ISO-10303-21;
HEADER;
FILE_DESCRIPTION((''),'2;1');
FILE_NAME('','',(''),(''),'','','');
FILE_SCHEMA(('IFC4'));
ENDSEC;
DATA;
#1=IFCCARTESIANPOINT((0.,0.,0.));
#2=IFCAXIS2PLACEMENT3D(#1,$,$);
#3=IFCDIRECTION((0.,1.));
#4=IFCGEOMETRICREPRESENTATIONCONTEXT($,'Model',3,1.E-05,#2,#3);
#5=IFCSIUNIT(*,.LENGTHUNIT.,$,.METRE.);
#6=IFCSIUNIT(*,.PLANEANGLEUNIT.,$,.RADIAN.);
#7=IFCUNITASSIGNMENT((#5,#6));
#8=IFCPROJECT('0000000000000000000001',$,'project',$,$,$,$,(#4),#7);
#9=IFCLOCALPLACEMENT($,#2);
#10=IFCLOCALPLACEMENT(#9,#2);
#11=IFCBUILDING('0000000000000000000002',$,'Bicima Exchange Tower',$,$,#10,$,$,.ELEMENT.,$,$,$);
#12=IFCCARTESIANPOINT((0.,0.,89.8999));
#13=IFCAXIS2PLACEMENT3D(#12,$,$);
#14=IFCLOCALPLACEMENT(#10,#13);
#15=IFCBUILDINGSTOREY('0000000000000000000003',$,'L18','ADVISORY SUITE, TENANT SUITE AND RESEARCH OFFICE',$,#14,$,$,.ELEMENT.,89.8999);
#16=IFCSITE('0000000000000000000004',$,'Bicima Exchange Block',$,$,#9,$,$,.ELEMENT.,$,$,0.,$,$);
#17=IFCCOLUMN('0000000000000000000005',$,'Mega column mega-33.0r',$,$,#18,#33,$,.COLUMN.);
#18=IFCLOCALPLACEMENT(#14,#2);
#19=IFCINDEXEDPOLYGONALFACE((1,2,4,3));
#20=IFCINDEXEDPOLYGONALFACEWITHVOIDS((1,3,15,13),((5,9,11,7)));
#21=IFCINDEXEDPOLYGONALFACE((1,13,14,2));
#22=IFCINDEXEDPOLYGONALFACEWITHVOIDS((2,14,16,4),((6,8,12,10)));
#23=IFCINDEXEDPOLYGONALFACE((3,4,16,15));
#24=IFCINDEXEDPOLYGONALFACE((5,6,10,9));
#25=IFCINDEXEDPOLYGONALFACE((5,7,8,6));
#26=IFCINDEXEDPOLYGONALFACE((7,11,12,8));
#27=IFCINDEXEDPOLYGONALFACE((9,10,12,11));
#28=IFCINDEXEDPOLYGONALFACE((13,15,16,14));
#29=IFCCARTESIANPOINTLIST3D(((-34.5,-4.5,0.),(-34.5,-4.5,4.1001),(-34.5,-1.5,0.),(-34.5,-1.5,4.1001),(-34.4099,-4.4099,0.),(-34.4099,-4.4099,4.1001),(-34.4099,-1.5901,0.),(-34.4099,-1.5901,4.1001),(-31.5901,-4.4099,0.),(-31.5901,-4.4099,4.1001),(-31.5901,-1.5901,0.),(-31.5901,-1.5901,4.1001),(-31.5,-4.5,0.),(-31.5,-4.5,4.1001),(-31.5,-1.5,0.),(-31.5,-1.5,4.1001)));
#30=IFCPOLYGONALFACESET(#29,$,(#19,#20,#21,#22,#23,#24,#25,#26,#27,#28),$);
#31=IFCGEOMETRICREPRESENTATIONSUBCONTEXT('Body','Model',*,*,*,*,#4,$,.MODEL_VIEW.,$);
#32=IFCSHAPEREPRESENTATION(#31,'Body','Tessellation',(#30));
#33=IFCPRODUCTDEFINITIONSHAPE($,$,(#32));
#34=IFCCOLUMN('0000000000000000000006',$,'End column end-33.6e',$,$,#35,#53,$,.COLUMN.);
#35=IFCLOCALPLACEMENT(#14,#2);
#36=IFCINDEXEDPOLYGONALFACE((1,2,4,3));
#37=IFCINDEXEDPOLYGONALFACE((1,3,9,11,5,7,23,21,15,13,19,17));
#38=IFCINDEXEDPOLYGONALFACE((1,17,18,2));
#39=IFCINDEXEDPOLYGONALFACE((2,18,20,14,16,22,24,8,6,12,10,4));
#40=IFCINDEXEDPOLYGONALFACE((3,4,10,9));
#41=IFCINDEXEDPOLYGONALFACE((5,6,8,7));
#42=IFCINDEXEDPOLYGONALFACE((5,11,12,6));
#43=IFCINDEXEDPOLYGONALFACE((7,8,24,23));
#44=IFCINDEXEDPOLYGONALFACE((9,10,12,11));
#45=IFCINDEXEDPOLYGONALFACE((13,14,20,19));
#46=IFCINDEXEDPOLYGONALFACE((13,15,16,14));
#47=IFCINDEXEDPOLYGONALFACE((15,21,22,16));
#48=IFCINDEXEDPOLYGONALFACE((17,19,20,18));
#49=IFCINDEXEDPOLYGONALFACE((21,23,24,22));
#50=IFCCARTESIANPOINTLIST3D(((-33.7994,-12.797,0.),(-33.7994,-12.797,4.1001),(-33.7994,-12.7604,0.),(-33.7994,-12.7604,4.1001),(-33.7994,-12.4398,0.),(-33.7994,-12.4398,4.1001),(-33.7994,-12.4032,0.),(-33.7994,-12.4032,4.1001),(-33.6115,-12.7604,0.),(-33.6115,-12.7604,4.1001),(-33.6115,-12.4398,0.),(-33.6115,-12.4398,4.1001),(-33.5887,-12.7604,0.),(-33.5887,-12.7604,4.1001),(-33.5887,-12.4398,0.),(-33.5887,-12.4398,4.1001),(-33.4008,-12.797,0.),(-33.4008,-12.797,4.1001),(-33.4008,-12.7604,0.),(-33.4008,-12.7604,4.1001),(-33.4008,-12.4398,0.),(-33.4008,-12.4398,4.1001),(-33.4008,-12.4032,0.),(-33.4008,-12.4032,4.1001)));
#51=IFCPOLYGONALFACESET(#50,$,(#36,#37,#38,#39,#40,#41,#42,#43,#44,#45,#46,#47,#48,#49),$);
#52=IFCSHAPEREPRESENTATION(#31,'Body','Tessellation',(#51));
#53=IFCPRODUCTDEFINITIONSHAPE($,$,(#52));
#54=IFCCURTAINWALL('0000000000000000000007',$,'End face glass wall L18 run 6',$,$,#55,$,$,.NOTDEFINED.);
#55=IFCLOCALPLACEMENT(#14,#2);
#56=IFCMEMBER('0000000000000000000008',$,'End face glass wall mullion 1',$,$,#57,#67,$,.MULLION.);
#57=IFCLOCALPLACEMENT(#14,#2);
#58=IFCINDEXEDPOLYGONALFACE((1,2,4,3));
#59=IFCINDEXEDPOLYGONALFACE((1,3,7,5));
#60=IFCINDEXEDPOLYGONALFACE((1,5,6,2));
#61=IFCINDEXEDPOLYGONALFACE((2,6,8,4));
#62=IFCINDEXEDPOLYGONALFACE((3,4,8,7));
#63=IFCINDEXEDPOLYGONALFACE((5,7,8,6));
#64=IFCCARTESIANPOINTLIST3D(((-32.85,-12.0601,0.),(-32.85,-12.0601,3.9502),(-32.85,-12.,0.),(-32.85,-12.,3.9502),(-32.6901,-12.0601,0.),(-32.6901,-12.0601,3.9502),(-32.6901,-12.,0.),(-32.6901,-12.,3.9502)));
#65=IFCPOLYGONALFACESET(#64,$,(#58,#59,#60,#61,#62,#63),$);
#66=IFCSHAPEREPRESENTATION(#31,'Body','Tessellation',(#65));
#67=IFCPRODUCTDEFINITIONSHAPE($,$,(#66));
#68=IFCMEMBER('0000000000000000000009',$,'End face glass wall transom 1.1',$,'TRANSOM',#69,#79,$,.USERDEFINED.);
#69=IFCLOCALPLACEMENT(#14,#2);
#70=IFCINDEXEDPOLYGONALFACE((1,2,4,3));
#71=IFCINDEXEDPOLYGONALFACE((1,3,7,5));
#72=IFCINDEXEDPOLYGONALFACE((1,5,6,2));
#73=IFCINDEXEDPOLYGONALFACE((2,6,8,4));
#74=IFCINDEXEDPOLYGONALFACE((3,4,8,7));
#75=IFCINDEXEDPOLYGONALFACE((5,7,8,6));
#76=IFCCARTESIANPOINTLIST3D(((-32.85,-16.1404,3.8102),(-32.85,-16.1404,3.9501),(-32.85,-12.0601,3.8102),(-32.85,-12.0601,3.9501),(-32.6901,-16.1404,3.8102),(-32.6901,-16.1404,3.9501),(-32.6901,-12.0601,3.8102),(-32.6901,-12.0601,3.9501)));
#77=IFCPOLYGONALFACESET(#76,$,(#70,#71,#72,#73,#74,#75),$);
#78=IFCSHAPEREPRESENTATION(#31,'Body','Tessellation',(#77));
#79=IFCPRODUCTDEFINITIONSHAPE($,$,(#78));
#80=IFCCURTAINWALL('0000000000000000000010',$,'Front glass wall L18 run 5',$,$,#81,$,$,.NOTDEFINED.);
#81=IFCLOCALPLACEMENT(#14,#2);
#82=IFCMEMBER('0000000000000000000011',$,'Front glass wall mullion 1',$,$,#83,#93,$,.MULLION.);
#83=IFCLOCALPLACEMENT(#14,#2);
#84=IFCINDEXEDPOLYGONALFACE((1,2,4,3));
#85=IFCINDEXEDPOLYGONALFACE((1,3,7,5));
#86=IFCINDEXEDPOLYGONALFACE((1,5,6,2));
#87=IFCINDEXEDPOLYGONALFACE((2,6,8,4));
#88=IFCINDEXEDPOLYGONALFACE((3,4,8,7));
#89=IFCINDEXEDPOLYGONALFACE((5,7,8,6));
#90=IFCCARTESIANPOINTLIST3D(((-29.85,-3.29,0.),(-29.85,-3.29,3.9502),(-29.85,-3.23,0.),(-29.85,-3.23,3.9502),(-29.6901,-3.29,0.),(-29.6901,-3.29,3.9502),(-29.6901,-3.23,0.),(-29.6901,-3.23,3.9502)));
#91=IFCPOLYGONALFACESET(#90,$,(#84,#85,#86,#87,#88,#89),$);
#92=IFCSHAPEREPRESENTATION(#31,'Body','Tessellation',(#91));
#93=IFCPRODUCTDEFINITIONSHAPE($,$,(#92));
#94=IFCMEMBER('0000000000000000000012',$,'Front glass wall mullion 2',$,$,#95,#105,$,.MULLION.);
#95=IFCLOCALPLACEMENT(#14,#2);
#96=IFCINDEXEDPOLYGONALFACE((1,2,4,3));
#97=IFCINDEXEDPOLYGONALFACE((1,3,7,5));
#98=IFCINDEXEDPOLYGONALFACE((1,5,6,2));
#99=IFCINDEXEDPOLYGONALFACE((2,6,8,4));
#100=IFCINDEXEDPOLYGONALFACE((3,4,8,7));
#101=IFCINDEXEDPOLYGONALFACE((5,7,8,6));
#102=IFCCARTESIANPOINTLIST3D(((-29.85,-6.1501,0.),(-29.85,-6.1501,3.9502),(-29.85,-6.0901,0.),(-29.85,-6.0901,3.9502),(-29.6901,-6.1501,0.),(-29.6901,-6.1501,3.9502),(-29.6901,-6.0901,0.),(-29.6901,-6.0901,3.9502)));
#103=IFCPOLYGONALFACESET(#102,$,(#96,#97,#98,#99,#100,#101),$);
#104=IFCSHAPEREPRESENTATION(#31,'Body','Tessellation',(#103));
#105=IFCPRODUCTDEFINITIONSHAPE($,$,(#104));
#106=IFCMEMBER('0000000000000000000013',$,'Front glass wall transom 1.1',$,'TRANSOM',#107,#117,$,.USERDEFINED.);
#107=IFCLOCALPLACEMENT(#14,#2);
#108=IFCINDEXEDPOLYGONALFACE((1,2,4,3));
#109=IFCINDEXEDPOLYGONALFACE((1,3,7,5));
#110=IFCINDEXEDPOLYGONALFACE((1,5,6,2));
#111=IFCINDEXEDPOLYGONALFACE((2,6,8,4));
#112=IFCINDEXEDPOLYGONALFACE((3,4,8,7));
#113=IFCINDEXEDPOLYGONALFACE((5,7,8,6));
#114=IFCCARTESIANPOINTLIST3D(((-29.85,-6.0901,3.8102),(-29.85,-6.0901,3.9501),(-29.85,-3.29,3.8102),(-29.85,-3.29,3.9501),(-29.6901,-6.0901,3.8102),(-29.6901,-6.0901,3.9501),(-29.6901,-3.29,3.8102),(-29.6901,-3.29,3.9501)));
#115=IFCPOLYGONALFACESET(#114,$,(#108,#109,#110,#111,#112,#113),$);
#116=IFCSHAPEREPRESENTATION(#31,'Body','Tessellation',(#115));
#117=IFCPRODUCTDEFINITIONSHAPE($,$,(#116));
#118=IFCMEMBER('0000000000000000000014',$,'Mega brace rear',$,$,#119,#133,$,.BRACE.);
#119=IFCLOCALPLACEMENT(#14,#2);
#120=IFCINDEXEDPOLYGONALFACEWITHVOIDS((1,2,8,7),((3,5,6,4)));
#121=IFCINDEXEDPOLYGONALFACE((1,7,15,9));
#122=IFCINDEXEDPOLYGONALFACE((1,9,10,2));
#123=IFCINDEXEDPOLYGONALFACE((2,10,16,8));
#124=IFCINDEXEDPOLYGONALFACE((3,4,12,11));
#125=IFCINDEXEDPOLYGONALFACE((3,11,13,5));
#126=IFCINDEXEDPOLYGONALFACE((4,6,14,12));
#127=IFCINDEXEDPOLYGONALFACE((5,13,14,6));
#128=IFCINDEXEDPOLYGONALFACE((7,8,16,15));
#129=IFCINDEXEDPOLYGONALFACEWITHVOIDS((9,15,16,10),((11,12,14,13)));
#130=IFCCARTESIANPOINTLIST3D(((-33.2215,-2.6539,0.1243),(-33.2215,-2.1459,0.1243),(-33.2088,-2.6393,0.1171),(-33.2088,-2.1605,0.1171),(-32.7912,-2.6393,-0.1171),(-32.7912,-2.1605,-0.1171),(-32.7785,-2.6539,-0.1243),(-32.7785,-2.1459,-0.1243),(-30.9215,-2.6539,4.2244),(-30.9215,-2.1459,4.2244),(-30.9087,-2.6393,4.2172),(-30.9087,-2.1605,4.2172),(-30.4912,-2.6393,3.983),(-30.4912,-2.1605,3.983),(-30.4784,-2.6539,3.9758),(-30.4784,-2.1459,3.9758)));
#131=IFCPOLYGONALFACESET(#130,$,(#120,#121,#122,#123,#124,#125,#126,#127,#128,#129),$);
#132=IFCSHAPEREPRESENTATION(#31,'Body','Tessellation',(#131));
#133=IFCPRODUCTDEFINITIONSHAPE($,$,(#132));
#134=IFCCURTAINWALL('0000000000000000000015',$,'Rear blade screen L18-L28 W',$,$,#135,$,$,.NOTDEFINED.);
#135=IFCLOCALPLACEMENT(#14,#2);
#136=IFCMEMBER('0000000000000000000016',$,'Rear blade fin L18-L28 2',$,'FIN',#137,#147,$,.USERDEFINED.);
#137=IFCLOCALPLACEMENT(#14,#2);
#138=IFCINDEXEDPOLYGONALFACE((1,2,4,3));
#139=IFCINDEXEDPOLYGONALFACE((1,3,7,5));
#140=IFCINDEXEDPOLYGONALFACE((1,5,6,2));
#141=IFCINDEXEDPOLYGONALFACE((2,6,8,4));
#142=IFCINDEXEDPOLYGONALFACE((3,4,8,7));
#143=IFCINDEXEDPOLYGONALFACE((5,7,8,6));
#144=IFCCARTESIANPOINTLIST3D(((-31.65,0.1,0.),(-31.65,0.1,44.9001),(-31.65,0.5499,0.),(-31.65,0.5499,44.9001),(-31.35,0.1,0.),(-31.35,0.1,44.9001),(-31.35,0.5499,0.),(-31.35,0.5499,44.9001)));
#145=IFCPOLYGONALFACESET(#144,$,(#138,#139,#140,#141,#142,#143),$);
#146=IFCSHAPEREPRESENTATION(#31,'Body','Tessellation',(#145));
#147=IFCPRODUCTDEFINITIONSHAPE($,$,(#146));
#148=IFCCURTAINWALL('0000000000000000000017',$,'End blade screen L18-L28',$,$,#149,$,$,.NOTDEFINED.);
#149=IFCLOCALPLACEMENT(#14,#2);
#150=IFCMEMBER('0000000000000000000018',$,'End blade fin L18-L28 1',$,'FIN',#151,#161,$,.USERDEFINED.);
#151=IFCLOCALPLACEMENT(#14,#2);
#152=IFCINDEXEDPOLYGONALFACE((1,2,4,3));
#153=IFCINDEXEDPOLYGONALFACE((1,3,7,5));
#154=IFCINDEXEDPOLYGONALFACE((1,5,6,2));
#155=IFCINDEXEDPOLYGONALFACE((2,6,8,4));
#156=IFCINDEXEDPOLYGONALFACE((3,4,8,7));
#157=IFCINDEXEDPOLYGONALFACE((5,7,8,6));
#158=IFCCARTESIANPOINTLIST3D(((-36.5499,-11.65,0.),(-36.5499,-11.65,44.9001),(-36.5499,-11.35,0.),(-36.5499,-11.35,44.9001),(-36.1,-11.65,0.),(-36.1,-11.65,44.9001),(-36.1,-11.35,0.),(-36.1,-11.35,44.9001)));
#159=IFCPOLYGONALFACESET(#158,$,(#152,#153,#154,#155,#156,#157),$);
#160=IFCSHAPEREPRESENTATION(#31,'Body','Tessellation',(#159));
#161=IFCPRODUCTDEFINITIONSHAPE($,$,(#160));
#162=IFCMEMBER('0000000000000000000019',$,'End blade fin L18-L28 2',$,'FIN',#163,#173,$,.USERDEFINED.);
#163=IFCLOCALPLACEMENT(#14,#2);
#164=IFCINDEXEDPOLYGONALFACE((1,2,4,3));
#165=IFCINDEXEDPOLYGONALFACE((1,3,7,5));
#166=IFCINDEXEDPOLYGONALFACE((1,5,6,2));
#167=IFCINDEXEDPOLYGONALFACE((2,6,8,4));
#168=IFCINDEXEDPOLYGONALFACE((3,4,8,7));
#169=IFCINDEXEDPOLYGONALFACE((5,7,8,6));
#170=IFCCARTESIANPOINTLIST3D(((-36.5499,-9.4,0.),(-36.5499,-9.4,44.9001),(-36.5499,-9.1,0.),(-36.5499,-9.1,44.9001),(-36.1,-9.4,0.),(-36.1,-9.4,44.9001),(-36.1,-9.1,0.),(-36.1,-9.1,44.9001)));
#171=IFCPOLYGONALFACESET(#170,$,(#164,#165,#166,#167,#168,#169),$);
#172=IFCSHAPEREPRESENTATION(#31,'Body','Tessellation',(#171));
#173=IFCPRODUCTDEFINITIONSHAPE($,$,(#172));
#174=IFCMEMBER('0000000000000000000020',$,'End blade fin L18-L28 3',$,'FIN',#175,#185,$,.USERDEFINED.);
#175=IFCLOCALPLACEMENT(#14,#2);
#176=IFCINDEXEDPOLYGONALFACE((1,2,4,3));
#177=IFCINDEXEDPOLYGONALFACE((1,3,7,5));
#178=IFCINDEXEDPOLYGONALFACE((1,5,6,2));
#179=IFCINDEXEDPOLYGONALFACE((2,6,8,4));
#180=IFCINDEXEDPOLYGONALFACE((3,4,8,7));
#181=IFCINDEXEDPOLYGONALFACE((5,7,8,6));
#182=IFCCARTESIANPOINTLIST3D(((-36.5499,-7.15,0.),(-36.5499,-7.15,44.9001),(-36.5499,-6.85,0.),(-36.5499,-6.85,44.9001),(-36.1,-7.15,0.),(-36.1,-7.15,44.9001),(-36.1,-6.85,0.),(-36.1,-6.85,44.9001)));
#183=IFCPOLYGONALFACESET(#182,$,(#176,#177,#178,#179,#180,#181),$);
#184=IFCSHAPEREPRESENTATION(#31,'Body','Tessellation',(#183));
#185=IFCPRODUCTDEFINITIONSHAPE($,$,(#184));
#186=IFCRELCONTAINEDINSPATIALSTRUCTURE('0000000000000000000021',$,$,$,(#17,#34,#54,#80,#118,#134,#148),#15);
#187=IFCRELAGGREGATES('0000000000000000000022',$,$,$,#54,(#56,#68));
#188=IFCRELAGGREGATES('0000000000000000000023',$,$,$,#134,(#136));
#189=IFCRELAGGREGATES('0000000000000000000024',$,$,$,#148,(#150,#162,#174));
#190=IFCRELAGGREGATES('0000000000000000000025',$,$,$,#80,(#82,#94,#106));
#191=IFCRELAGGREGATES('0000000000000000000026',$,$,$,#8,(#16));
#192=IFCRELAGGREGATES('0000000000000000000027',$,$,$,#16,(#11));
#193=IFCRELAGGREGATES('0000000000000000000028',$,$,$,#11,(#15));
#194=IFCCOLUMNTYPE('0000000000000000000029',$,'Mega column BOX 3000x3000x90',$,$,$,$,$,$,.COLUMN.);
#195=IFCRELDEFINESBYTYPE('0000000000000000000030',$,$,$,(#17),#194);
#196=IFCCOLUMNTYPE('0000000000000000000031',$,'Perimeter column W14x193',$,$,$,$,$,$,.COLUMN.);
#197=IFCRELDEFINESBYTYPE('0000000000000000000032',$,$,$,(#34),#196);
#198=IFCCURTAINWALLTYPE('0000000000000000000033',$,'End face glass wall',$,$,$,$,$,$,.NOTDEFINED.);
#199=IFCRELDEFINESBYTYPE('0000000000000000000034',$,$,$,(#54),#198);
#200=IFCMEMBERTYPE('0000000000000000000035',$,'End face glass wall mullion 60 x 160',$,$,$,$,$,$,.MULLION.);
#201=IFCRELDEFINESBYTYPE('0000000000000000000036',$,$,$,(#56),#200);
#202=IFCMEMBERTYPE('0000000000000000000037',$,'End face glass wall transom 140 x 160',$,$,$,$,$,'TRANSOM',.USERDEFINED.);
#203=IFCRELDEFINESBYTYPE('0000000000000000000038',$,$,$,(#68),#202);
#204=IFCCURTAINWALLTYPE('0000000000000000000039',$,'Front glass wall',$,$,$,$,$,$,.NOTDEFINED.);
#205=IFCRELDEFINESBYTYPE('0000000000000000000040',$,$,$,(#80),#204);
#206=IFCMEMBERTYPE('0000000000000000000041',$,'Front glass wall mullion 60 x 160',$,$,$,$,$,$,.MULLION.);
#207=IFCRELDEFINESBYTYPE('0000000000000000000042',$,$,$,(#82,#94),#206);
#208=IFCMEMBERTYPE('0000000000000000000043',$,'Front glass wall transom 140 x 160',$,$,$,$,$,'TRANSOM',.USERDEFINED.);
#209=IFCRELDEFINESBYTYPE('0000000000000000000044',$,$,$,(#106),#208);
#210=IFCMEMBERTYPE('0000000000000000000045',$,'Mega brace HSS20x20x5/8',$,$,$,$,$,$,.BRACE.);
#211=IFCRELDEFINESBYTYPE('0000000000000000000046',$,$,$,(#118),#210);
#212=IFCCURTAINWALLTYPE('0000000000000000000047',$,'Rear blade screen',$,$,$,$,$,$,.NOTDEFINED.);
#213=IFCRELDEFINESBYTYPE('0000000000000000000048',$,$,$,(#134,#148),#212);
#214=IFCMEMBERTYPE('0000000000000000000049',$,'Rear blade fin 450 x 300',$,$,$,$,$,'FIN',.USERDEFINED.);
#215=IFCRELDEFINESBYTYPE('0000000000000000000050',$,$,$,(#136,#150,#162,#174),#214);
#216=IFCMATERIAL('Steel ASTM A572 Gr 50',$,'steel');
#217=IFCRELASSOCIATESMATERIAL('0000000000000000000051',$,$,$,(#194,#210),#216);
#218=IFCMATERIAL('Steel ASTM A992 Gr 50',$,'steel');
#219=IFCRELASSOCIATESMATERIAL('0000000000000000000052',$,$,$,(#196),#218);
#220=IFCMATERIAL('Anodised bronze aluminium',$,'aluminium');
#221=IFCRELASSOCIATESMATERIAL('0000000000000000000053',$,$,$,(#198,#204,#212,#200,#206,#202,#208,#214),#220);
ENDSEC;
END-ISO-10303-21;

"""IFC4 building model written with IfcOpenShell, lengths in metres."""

from ifc_helpers import new_model, si_unit, direction, frame, origin, origin_2d, place, context, subcontext, project, spatial, rectangle, hollow_rectangle, i_section, extrude, material, material_profile, profile_set, type_object, element, aggregate, save


model = new_model("IFC4")

# Units and contexts
model_context = context("Model", 3, precision=1e-05, world=origin(), true_north=direction((0.0, 1.0)))
body_context = subcontext(model_context, "Body", "Model", "MODEL_VIEW")
ifc_project = project(units=[si_unit("LENGTHUNIT", "METRE"), si_unit("PLANEANGLEUNIT", "RADIAN")], contexts=[model_context])

# Site, building, storey
site_placement = place(None, origin())
site = spatial("IfcSite", under=ifc_project, at=site_placement, Name="Bicima Exchange Block", CompositionType="ELEMENT", RefElevation=0.0)
building_placement = place(site_placement, origin())
building = spatial("IfcBuilding", under=site, at=building_placement, Name="Bicima Exchange Tower", CompositionType="ELEMENT")
storey_placement = place(building_placement, frame((0.0, 0.0, 89.8999)))
storey = spatial("IfcBuildingStorey", under=building, at=storey_placement, Name="L18", Description="ADVISORY SUITE, TENANT SUITE AND RESEARCH OFFICE", CompositionType="ELEMENT", Elevation=89.8999)

# Columns
ifc_material_1 = material(Name="Steel ASTM A572 Gr 50", Category="steel")
ifc_material_profile_1 = material_profile(ifc_material_1, hollow_rectangle(XDim=3.0, YDim=3.0, WallThickness=0.0901, at=origin_2d()))
ifc_profile_set_1 = profile_set([ifc_material_profile_1], Name="Steel ASTM A572 Gr 50")
column_type_1 = type_object("IfcColumnType", Name="Mega column BOX 3000x3000x90", PredefinedType="COLUMN", material=ifc_profile_set_1)
column_1_placement = place(storey_placement, frame((-33.0, -3.0, 0.0), z_axis=(0.0, 0.0, 1.0), x_axis=(1.0, 0.0, 0.0)))
element("IfcColumn", 1, at=column_1_placement, inside=storey, type_object=column_type_1, Name="Mega column mega-33.0r", PredefinedType="COLUMN", context=body_context, shape_type="SweptSolid", body=[
    extrude(hollow_rectangle(XDim=3.0, YDim=3.0, WallThickness=0.0901, at=origin_2d()), origin(), (0.0, 0.0, 1.0), 4.1001),
])
ifc_material_2 = material(Name="Steel ASTM A992 Gr 50", Category="steel")
ifc_material_profile_2 = material_profile(ifc_material_2, i_section(OverallWidth=0.3987, OverallDepth=0.3938, WebThickness=0.0227, FlangeThickness=0.0366, at=origin_2d()))
ifc_profile_set_2 = profile_set([ifc_material_profile_2], Name="Steel ASTM A992 Gr 50")
column_type_2 = type_object("IfcColumnType", Name="Perimeter column W14x193", PredefinedType="COLUMN", material=ifc_profile_set_2)
column_2_placement = place(storey_placement, frame((-33.6001, -12.6001, 0.0), z_axis=(0.0, 0.0, 1.0), x_axis=(1.0, 0.0, 0.0)))
element("IfcColumn", 2, at=column_2_placement, inside=storey, type_object=column_type_2, Name="End column end-33.6e", PredefinedType="COLUMN", context=body_context, shape_type="SweptSolid", body=[
    extrude(i_section(OverallWidth=0.3987, OverallDepth=0.3938, WebThickness=0.0227, FlangeThickness=0.0366, at=origin_2d()), origin(), (0.0, 0.0, 1.0), 4.1001),
])

# Curtain walls, members
ifc_material_3 = material(Name="Anodised bronze aluminium", Category="aluminium")
curtain_wall_type_1 = type_object("IfcCurtainWallType", Name="End face glass wall", PredefinedType="NOTDEFINED", material=ifc_material_3)
curtain_wall_1_placement = place(storey_placement, origin())
curtain_wall_1 = element("IfcCurtainWall", 3, at=curtain_wall_1_placement, inside=storey, type_object=curtain_wall_type_1, Name="End face glass wall L18 run 6", PredefinedType="NOTDEFINED")
ifc_material_profile_3 = material_profile(ifc_material_3, rectangle(XDim=0.1599, YDim=0.0601, at=origin_2d()))
ifc_profile_set_3 = profile_set([ifc_material_profile_3], Name="Anodised bronze aluminium")
member_type_1 = type_object("IfcMemberType", Name="End face glass wall mullion 60 x 160", PredefinedType="MULLION", material=ifc_profile_set_3)
member_1_placement = place(storey_placement, frame((-32.77, -12.03, 0.0), z_axis=(0.0, 0.0, 1.0), x_axis=(1.0, 0.0, 0.0)))
member_1 = element("IfcMember", 4, at=member_1_placement, type_object=member_type_1, Name="End face glass wall mullion 1", PredefinedType="MULLION", context=body_context, shape_type="SweptSolid", body=[
    extrude(rectangle(XDim=0.1599, YDim=0.0601, at=origin_2d()), origin(), (0.0, 0.0, 1.0), 3.9502),
])
ifc_material_profile_4 = material_profile(ifc_material_3, rectangle(XDim=0.1599, YDim=0.1399, at=origin_2d()))
ifc_profile_set_4 = profile_set([ifc_material_profile_4], Name="Anodised bronze aluminium")
member_type_2 = type_object("IfcMemberType", Name="End face glass wall transom 140 x 160", ElementType="TRANSOM", PredefinedType="USERDEFINED", material=ifc_profile_set_4)
member_2_placement = place(storey_placement, frame((-32.77, -12.0601, 3.8801), z_axis=(0.0, -1.0, 0.0), x_axis=(1.0, 0.0, 0.0)))
member_2 = element("IfcMember", 5, at=member_2_placement, type_object=member_type_2, Name="End face glass wall transom 1.1", ObjectType="TRANSOM", PredefinedType="USERDEFINED", context=body_context, shape_type="SweptSolid", body=[
    extrude(rectangle(XDim=0.1599, YDim=0.1399, at=origin_2d()), origin(), (0.0, 0.0, 1.0), 4.0803),
])
aggregate(curtain_wall_1, [member_1, member_2])
curtain_wall_type_2 = type_object("IfcCurtainWallType", Name="Front glass wall", PredefinedType="NOTDEFINED", material=ifc_material_3)
curtain_wall_2_placement = place(storey_placement, origin())
curtain_wall_2 = element("IfcCurtainWall", 6, at=curtain_wall_2_placement, inside=storey, type_object=curtain_wall_type_2, Name="Front glass wall L18 run 5", PredefinedType="NOTDEFINED")
member_type_3 = type_object("IfcMemberType", Name="Front glass wall mullion 60 x 160", PredefinedType="MULLION", material=ifc_profile_set_3)
member_3_placement = place(storey_placement, frame((-29.77, -3.26, 0.0), z_axis=(0.0, 0.0, 1.0), x_axis=(1.0, 0.0, 0.0)))
member_3 = element("IfcMember", 7, at=member_3_placement, type_object=member_type_3, Name="Front glass wall mullion 1", PredefinedType="MULLION", context=body_context, shape_type="SweptSolid", body=[
    extrude(rectangle(XDim=0.1599, YDim=0.0601, at=origin_2d()), origin(), (0.0, 0.0, 1.0), 3.9502),
])
member_4_placement = place(storey_placement, frame((-29.77, -6.1201, 0.0), z_axis=(0.0, 0.0, 1.0), x_axis=(1.0, 0.0, 0.0)))
member_4 = element("IfcMember", 8, at=member_4_placement, type_object=member_type_3, Name="Front glass wall mullion 2", PredefinedType="MULLION", context=body_context, shape_type="SweptSolid", body=[
    extrude(rectangle(XDim=0.1599, YDim=0.0601, at=origin_2d()), origin(), (0.0, 0.0, 1.0), 3.9502),
])
member_type_4 = type_object("IfcMemberType", Name="Front glass wall transom 140 x 160", ElementType="TRANSOM", PredefinedType="USERDEFINED", material=ifc_profile_set_4)
member_5_placement = place(storey_placement, frame((-29.77, -3.29, 3.8801), z_axis=(0.0, -1.0, 0.0), x_axis=(1.0, 0.0, 0.0)))
member_5 = element("IfcMember", 9, at=member_5_placement, type_object=member_type_4, Name="Front glass wall transom 1.1", ObjectType="TRANSOM", PredefinedType="USERDEFINED", context=body_context, shape_type="SweptSolid", body=[
    extrude(rectangle(XDim=0.1599, YDim=0.1399, at=origin_2d()), origin(), (0.0, 0.0, 1.0), 2.8),
])

# Member
ifc_material_profile_5 = material_profile(ifc_material_1, hollow_rectangle(XDim=0.5081, YDim=0.5081, WallThickness=0.0146, at=origin_2d()))
ifc_profile_set_5 = profile_set([ifc_material_profile_5], Name="Steel ASTM A572 Gr 50")
member_type_5 = type_object("IfcMemberType", Name="Mega brace HSS20x20x5/8", PredefinedType="BRACE", material=ifc_profile_set_5)
member_6_placement = place(storey_placement, frame((-33.0, -2.3999, 0.0), z_axis=(0.48925, 0.0, 0.872144), x_axis=(0.0, 1.0, 0.0)))
element("IfcMember", 10, at=member_6_placement, inside=storey, type_object=member_type_5, Name="Mega brace rear", PredefinedType="BRACE", context=body_context, shape_type="SweptSolid", body=[
    extrude(hollow_rectangle(XDim=0.5081, YDim=0.5081, WallThickness=0.0146, at=origin_2d()), origin(), (0.0, 0.0, 1.0), 4.7012),
])

# Curtain wall, member
curtain_wall_type_3 = type_object("IfcCurtainWallType", Name="Rear blade screen", PredefinedType="NOTDEFINED", material=ifc_material_3)
curtain_wall_3_placement = place(storey_placement, origin())
curtain_wall_3 = element("IfcCurtainWall", 11, at=curtain_wall_3_placement, inside=storey, type_object=curtain_wall_type_3, Name="Rear blade screen L18-L28 W", PredefinedType="NOTDEFINED")
ifc_material_profile_6 = material_profile(ifc_material_3, rectangle(XDim=0.45, YDim=0.3, at=origin_2d()))
ifc_profile_set_6 = profile_set([ifc_material_profile_6], Name="Anodised bronze aluminium")
member_type_6 = type_object("IfcMemberType", Name="Rear blade fin 450 x 300", ElementType="FIN", PredefinedType="USERDEFINED", material=ifc_profile_set_6)
member_7_placement = place(storey_placement, frame((-31.5, 0.325, 0.0), z_axis=(0.0, 0.0, 1.0), x_axis=(0.0, 1.0, 0.0)))
member_7 = element("IfcMember", 12, at=member_7_placement, type_object=member_type_6, Name="Rear blade fin L18-L28 2", ObjectType="FIN", PredefinedType="USERDEFINED", context=body_context, shape_type="SweptSolid", body=[
    extrude(rectangle(XDim=0.45, YDim=0.3, at=origin_2d()), origin(), (0.0, 0.0, 1.0), 44.9001),
])
aggregate(curtain_wall_3, [member_7])

# Curtain wall, members
curtain_wall_4_placement = place(storey_placement, origin())
curtain_wall_4 = element("IfcCurtainWall", 13, at=curtain_wall_4_placement, inside=storey, type_object=curtain_wall_type_3, Name="End blade screen L18-L28", PredefinedType="NOTDEFINED")
member_8_placement = place(storey_placement, frame((-36.325, -11.5, 0.0), z_axis=(0.0, 0.0, 1.0), x_axis=(1.0, 0.0, 0.0)))
member_8 = element("IfcMember", 14, at=member_8_placement, type_object=member_type_6, Name="End blade fin L18-L28 1", ObjectType="FIN", PredefinedType="USERDEFINED", context=body_context, shape_type="SweptSolid", body=[
    extrude(rectangle(XDim=0.45, YDim=0.3, at=origin_2d()), origin(), (0.0, 0.0, 1.0), 44.9001),
])
member_9_placement = place(storey_placement, frame((-36.325, -9.25, 0.0), z_axis=(0.0, 0.0, 1.0), x_axis=(1.0, 0.0, 0.0)))
member_9 = element("IfcMember", 15, at=member_9_placement, type_object=member_type_6, Name="End blade fin L18-L28 2", ObjectType="FIN", PredefinedType="USERDEFINED", context=body_context, shape_type="SweptSolid", body=[
    extrude(rectangle(XDim=0.45, YDim=0.3, at=origin_2d()), origin(), (0.0, 0.0, 1.0), 44.9001),
])
member_10_placement = place(storey_placement, frame((-36.325, -7.0, 0.0), z_axis=(0.0, 0.0, 1.0), x_axis=(1.0, 0.0, 0.0)))
member_10 = element("IfcMember", 16, at=member_10_placement, type_object=member_type_6, Name="End blade fin L18-L28 3", ObjectType="FIN", PredefinedType="USERDEFINED", context=body_context, shape_type="SweptSolid", body=[
    extrude(rectangle(XDim=0.45, YDim=0.3, at=origin_2d()), origin(), (0.0, 0.0, 1.0), 44.9001),
])
aggregate(curtain_wall_4, [member_8, member_9, member_10])

aggregate(curtain_wall_2, [member_3, member_4, member_5])

save(model, "model.ifc")
